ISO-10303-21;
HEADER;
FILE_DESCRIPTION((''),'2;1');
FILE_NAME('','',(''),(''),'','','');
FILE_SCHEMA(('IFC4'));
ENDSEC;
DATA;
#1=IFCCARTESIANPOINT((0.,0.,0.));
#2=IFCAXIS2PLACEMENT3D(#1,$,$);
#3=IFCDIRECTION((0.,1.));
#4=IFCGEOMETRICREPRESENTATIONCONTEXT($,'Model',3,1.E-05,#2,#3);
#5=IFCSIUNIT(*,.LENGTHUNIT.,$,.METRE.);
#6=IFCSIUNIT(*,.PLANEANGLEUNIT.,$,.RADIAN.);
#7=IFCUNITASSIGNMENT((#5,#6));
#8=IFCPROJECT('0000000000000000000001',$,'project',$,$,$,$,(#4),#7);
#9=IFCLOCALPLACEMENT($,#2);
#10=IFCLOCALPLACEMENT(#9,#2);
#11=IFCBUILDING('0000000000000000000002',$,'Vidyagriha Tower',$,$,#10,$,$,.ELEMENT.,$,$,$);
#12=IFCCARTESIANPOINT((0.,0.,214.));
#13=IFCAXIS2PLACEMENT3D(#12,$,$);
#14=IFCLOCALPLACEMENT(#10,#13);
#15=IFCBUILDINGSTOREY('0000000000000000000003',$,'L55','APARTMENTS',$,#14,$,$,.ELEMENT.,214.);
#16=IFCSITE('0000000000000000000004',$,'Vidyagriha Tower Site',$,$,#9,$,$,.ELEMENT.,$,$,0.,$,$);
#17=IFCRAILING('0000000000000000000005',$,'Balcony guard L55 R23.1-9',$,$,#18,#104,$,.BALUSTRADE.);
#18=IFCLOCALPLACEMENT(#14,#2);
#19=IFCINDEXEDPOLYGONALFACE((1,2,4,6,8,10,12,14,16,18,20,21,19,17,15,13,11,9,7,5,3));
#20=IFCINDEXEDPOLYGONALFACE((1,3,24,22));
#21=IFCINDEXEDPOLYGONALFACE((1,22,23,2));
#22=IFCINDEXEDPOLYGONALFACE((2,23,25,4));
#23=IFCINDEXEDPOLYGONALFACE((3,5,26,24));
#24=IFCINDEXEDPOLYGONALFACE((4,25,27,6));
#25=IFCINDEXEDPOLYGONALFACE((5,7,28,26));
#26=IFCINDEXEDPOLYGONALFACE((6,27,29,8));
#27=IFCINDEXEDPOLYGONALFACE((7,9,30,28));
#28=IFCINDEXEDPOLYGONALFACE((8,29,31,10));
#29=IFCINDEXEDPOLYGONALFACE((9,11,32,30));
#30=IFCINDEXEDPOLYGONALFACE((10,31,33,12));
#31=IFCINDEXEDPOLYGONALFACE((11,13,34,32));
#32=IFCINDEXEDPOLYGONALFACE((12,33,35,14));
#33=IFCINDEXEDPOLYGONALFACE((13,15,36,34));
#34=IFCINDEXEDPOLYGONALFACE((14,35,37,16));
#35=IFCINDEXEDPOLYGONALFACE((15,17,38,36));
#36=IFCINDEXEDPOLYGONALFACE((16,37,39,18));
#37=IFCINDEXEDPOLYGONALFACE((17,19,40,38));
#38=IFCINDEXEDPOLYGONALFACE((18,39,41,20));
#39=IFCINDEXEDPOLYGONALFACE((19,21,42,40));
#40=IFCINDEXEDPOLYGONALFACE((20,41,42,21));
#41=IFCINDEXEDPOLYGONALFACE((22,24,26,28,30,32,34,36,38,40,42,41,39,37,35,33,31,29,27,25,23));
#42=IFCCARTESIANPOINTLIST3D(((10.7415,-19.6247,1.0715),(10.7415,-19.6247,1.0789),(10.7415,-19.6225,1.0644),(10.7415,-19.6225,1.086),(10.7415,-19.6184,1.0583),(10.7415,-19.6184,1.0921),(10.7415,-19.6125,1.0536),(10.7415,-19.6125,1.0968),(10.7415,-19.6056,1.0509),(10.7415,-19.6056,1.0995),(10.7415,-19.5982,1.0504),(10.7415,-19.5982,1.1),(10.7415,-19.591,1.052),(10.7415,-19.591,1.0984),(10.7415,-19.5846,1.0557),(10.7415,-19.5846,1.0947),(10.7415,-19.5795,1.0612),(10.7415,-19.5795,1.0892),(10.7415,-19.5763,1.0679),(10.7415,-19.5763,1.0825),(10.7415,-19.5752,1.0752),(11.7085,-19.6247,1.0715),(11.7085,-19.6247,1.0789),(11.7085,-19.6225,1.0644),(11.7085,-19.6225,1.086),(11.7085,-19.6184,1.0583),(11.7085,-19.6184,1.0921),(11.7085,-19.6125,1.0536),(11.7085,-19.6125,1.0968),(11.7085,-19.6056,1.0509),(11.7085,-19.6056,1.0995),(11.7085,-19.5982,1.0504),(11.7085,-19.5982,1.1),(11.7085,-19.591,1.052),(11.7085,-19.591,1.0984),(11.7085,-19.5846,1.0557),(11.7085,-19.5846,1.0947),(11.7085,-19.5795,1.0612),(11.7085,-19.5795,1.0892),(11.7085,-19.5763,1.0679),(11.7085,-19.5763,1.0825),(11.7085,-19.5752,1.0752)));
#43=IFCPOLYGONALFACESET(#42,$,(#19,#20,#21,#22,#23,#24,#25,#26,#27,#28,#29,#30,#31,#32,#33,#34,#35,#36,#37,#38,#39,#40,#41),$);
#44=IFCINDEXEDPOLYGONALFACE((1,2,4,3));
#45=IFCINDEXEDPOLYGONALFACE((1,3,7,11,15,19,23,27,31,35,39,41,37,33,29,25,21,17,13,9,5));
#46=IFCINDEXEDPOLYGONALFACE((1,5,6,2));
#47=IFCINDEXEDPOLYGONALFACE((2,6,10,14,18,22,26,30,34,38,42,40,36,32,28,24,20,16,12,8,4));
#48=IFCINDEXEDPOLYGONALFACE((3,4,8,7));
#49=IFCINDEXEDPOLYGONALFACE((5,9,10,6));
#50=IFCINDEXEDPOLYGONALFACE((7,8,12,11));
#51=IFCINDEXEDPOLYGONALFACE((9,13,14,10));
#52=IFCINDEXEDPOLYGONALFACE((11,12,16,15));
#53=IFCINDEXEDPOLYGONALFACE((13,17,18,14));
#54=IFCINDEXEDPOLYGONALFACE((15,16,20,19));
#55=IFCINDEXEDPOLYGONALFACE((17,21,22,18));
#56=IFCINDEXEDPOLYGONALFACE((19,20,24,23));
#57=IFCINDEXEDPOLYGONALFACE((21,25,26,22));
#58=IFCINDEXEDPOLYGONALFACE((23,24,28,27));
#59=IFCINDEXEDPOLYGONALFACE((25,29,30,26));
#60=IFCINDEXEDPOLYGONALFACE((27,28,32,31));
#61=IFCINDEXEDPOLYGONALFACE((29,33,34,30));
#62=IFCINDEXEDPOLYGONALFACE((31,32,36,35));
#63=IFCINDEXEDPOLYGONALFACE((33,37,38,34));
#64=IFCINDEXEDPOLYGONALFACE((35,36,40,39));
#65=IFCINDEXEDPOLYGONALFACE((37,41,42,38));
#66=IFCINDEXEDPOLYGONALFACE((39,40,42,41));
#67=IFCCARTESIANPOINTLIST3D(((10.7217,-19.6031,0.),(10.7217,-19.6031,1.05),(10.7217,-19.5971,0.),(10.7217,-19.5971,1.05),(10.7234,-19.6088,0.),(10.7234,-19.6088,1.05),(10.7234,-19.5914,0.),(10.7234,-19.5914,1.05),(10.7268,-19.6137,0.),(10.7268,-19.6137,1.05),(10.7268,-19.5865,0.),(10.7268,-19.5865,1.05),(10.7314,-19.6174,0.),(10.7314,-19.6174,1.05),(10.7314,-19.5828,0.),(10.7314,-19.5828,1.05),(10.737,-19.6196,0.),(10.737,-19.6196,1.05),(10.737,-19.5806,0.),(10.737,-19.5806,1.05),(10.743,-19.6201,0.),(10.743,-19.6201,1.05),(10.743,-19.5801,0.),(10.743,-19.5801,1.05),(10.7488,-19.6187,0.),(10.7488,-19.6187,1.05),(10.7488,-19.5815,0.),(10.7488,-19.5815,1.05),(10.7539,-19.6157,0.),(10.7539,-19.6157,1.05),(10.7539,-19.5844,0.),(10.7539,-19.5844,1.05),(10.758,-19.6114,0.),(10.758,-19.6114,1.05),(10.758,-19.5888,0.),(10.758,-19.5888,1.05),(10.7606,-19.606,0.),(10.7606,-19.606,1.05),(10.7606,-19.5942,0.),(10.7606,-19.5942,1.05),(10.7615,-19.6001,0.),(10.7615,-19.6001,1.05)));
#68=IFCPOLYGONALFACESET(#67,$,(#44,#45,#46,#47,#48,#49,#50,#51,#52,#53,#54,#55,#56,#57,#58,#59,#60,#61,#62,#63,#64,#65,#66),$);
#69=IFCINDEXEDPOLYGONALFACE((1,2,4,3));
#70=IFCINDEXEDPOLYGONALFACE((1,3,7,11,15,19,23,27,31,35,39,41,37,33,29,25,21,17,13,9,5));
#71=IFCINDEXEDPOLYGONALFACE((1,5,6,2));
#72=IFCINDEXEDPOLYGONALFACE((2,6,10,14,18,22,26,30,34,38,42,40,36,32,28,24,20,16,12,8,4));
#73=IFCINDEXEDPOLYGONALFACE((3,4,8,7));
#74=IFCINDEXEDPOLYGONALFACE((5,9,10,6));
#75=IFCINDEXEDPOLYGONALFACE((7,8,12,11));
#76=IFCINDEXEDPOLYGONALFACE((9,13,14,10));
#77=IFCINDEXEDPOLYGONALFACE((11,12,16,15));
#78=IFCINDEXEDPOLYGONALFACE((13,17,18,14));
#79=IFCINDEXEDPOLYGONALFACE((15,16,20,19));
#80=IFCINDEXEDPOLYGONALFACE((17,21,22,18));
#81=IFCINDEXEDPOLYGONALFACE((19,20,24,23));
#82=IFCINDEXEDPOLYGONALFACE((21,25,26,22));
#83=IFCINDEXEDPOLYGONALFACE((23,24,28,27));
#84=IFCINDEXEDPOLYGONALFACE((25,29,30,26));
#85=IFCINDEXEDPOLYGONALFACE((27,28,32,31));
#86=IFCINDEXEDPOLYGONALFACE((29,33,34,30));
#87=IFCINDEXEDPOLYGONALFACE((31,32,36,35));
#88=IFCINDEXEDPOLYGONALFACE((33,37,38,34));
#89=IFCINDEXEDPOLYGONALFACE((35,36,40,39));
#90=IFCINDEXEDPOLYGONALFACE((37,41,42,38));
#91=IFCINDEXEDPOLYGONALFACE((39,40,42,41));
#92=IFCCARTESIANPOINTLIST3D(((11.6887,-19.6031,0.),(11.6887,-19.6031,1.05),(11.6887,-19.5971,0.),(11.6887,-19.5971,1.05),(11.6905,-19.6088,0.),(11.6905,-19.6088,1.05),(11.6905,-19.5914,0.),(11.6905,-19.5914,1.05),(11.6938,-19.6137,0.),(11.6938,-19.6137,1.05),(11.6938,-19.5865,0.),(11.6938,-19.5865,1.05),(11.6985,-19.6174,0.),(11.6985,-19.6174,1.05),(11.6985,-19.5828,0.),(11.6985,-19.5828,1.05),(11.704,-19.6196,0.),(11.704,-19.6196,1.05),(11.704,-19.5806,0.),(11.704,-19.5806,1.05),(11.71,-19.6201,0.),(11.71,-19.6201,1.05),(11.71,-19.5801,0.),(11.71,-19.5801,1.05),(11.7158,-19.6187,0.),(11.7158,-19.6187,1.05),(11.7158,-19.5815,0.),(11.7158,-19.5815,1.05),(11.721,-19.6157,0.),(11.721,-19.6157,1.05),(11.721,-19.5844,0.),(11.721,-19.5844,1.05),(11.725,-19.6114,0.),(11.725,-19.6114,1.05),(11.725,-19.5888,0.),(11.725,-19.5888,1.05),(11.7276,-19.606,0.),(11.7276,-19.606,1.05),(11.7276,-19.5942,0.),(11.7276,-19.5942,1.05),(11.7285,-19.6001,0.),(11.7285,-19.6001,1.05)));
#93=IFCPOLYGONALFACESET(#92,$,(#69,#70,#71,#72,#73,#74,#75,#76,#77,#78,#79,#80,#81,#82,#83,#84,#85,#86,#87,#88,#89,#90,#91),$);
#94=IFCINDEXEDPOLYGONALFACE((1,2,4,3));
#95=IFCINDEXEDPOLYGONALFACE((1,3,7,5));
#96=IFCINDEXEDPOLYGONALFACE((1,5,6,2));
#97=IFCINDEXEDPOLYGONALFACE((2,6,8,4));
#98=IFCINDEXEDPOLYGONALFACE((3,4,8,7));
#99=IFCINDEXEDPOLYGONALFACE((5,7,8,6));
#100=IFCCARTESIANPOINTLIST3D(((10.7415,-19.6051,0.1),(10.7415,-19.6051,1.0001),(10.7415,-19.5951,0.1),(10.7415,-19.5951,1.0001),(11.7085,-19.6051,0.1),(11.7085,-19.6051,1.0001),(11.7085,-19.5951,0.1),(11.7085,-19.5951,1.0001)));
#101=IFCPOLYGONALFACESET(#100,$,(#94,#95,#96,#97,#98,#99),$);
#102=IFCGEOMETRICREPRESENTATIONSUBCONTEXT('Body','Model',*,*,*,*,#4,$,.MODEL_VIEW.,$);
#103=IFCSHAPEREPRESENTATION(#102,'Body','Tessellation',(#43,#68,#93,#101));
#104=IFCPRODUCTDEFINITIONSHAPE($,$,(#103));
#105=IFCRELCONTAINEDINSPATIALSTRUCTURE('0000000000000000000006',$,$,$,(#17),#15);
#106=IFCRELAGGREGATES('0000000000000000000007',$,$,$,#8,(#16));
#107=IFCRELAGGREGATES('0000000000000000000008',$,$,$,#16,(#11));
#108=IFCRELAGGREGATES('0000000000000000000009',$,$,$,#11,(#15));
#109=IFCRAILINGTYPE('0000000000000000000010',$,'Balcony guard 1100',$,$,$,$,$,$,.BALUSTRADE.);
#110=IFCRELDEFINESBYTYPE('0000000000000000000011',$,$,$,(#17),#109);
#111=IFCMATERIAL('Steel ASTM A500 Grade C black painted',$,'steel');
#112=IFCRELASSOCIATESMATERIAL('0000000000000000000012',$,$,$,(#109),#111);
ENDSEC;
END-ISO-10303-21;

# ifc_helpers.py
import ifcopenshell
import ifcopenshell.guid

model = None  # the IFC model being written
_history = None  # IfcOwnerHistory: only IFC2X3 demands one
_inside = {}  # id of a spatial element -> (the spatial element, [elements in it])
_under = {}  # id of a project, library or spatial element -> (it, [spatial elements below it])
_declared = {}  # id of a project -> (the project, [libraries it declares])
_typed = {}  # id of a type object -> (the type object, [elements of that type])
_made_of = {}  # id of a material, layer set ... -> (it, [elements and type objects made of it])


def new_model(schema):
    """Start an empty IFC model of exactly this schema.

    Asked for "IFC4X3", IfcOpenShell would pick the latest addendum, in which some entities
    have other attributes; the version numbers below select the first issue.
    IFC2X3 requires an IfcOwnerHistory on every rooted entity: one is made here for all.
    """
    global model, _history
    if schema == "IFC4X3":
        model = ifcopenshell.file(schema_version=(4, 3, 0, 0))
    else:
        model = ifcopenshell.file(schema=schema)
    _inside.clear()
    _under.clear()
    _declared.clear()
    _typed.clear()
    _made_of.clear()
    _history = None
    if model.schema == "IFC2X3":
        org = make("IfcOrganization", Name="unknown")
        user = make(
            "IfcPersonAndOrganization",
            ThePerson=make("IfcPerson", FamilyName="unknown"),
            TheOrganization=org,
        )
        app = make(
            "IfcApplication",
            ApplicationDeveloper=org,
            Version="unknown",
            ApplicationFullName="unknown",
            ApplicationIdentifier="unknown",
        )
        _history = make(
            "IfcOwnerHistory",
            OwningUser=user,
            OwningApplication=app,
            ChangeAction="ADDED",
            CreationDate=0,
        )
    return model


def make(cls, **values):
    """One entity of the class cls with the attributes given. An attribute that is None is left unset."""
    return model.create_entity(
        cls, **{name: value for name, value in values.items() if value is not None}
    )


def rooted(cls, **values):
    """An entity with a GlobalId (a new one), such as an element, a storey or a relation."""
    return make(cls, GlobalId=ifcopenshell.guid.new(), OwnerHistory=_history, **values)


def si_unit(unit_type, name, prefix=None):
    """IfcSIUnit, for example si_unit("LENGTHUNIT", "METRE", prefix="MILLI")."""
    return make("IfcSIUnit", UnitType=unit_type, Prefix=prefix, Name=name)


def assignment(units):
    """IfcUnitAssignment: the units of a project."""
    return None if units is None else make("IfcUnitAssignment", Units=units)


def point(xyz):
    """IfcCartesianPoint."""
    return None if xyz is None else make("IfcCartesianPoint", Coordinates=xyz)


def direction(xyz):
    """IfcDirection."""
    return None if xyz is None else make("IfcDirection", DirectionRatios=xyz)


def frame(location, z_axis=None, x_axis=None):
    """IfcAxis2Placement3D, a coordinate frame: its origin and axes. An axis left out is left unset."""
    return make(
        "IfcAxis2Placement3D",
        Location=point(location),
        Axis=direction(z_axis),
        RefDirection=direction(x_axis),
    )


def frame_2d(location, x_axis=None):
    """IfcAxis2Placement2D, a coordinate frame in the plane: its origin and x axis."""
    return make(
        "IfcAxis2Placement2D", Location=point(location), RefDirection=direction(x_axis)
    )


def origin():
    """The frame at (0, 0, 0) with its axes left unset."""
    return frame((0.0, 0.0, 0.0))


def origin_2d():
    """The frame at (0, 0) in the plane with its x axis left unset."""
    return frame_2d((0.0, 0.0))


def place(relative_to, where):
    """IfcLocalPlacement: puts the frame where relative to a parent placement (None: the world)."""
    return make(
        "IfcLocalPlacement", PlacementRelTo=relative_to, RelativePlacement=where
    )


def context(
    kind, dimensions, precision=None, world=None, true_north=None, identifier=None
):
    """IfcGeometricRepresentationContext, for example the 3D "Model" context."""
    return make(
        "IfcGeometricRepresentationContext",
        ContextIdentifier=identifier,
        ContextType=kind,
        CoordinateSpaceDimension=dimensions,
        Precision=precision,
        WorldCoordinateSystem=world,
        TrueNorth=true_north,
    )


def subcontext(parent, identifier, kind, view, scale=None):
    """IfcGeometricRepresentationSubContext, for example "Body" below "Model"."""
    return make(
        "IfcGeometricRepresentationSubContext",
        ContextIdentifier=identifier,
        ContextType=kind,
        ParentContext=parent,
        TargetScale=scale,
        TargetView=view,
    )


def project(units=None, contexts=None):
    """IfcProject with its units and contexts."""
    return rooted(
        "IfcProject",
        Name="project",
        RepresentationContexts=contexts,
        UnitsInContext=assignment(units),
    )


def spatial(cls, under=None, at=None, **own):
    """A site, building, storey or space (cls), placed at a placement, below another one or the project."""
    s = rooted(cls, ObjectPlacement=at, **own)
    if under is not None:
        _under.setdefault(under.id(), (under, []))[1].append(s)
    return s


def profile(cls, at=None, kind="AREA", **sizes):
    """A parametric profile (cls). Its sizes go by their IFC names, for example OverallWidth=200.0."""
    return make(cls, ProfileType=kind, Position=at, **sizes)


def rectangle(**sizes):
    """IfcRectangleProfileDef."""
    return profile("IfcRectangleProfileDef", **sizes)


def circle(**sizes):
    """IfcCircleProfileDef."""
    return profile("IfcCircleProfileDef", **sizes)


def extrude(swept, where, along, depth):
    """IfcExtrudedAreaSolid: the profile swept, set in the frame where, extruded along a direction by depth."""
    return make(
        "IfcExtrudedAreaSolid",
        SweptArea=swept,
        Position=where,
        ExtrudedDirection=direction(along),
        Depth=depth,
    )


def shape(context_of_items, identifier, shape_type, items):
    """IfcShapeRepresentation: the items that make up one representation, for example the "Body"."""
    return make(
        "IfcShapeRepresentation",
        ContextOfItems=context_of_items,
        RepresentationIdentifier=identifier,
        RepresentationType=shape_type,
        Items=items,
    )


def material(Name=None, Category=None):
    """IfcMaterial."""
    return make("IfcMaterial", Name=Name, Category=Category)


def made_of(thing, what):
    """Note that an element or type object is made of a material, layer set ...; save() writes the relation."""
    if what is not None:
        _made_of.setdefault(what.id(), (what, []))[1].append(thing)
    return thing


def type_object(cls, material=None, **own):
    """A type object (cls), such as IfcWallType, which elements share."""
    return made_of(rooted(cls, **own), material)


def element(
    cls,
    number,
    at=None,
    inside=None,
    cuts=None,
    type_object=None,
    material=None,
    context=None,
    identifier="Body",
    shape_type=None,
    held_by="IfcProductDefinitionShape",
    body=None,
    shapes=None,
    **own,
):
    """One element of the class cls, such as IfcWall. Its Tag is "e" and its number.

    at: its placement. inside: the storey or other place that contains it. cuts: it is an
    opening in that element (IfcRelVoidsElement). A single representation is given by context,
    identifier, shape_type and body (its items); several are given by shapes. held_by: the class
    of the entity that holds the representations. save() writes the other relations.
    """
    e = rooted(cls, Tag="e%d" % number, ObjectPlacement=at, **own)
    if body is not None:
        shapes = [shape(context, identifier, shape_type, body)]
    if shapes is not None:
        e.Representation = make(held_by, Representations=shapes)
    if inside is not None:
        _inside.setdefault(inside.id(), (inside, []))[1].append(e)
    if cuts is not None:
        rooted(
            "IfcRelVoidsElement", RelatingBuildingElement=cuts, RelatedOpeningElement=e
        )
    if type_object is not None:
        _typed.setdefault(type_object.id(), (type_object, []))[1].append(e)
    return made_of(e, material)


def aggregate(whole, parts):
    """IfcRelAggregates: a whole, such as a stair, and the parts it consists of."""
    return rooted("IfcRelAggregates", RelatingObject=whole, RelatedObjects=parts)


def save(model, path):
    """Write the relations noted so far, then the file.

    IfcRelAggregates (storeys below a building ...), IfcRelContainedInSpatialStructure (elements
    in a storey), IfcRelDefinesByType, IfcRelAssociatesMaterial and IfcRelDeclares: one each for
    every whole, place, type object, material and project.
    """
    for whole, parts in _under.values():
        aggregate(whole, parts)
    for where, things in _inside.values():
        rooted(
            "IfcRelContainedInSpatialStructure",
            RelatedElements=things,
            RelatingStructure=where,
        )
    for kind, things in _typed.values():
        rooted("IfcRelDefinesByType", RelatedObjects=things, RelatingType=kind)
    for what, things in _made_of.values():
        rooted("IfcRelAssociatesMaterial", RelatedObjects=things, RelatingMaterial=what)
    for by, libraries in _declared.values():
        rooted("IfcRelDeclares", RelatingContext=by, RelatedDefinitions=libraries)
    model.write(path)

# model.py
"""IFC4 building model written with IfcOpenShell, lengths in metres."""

from ifc_helpers import new_model, si_unit, direction, frame, origin, origin_2d, place, context, subcontext, project, spatial, rectangle, circle, extrude, material, type_object, element, save


model = new_model("IFC4")

# Units and contexts
model_context = context("Model", 3, precision=1e-05, world=origin(), true_north=direction((0.0, 1.0)))
body_context = subcontext(model_context, "Body", "Model", "MODEL_VIEW")
ifc_project = project(units=[si_unit("LENGTHUNIT", "METRE"), si_unit("PLANEANGLEUNIT", "RADIAN")], contexts=[model_context])

# Site, building, storey
site_placement = place(None, origin())
site = spatial("IfcSite", under=ifc_project, at=site_placement, Name="Vidyagriha Tower Site", CompositionType="ELEMENT", RefElevation=0.0)
building_placement = place(site_placement, origin())
building = spatial("IfcBuilding", under=site, at=building_placement, Name="Vidyagriha Tower", CompositionType="ELEMENT")
storey_placement = place(building_placement, frame((0.0, 0.0, 214.0)))
storey = spatial("IfcBuildingStorey", under=building, at=storey_placement, Name="L55", Description="APARTMENTS", CompositionType="ELEMENT", Elevation=214.0)

# Railing
ifc_material_1 = material(Name="Steel ASTM A500 Grade C black painted", Category="steel")
railing_type = type_object("IfcRailingType", Name="Balcony guard 1100", PredefinedType="BALUSTRADE", material=ifc_material_1)
railing_1_placement = place(storey_placement, frame((10.7415, -19.6001, 0.0)))
element("IfcRailing", 1, at=railing_1_placement, inside=storey, type_object=railing_type, Name="Balcony guard L55 R23.1-9", PredefinedType="BALUSTRADE", context=body_context, shape_type="SweptSolid", body=[
    extrude(circle(Radius=0.0249, at=origin_2d()), frame((0.0, 0.0, 1.0752), z_axis=(1.0, 0.0, 0.0), x_axis=(0.0, 1.0, 0.0)), (0.0, 0.0, 1.0), 0.967),
    extrude(circle(Radius=0.02, at=origin_2d()), origin(), (0.0, 0.0, 1.0), 1.05),
    extrude(circle(Radius=0.02, at=origin_2d()), frame((0.967, 0.0, 0.0)), (0.0, 0.0, 1.0), 1.05),
    extrude(rectangle(XDim=0.01, YDim=0.9001, at=origin_2d()), frame((0.0, 0.0, 0.55), z_axis=(1.0, 0.0, 0.0), x_axis=(0.0, 1.0, 0.0)), (0.0, 0.0, 1.0), 0.967),
])

save(model, "model.ifc")
